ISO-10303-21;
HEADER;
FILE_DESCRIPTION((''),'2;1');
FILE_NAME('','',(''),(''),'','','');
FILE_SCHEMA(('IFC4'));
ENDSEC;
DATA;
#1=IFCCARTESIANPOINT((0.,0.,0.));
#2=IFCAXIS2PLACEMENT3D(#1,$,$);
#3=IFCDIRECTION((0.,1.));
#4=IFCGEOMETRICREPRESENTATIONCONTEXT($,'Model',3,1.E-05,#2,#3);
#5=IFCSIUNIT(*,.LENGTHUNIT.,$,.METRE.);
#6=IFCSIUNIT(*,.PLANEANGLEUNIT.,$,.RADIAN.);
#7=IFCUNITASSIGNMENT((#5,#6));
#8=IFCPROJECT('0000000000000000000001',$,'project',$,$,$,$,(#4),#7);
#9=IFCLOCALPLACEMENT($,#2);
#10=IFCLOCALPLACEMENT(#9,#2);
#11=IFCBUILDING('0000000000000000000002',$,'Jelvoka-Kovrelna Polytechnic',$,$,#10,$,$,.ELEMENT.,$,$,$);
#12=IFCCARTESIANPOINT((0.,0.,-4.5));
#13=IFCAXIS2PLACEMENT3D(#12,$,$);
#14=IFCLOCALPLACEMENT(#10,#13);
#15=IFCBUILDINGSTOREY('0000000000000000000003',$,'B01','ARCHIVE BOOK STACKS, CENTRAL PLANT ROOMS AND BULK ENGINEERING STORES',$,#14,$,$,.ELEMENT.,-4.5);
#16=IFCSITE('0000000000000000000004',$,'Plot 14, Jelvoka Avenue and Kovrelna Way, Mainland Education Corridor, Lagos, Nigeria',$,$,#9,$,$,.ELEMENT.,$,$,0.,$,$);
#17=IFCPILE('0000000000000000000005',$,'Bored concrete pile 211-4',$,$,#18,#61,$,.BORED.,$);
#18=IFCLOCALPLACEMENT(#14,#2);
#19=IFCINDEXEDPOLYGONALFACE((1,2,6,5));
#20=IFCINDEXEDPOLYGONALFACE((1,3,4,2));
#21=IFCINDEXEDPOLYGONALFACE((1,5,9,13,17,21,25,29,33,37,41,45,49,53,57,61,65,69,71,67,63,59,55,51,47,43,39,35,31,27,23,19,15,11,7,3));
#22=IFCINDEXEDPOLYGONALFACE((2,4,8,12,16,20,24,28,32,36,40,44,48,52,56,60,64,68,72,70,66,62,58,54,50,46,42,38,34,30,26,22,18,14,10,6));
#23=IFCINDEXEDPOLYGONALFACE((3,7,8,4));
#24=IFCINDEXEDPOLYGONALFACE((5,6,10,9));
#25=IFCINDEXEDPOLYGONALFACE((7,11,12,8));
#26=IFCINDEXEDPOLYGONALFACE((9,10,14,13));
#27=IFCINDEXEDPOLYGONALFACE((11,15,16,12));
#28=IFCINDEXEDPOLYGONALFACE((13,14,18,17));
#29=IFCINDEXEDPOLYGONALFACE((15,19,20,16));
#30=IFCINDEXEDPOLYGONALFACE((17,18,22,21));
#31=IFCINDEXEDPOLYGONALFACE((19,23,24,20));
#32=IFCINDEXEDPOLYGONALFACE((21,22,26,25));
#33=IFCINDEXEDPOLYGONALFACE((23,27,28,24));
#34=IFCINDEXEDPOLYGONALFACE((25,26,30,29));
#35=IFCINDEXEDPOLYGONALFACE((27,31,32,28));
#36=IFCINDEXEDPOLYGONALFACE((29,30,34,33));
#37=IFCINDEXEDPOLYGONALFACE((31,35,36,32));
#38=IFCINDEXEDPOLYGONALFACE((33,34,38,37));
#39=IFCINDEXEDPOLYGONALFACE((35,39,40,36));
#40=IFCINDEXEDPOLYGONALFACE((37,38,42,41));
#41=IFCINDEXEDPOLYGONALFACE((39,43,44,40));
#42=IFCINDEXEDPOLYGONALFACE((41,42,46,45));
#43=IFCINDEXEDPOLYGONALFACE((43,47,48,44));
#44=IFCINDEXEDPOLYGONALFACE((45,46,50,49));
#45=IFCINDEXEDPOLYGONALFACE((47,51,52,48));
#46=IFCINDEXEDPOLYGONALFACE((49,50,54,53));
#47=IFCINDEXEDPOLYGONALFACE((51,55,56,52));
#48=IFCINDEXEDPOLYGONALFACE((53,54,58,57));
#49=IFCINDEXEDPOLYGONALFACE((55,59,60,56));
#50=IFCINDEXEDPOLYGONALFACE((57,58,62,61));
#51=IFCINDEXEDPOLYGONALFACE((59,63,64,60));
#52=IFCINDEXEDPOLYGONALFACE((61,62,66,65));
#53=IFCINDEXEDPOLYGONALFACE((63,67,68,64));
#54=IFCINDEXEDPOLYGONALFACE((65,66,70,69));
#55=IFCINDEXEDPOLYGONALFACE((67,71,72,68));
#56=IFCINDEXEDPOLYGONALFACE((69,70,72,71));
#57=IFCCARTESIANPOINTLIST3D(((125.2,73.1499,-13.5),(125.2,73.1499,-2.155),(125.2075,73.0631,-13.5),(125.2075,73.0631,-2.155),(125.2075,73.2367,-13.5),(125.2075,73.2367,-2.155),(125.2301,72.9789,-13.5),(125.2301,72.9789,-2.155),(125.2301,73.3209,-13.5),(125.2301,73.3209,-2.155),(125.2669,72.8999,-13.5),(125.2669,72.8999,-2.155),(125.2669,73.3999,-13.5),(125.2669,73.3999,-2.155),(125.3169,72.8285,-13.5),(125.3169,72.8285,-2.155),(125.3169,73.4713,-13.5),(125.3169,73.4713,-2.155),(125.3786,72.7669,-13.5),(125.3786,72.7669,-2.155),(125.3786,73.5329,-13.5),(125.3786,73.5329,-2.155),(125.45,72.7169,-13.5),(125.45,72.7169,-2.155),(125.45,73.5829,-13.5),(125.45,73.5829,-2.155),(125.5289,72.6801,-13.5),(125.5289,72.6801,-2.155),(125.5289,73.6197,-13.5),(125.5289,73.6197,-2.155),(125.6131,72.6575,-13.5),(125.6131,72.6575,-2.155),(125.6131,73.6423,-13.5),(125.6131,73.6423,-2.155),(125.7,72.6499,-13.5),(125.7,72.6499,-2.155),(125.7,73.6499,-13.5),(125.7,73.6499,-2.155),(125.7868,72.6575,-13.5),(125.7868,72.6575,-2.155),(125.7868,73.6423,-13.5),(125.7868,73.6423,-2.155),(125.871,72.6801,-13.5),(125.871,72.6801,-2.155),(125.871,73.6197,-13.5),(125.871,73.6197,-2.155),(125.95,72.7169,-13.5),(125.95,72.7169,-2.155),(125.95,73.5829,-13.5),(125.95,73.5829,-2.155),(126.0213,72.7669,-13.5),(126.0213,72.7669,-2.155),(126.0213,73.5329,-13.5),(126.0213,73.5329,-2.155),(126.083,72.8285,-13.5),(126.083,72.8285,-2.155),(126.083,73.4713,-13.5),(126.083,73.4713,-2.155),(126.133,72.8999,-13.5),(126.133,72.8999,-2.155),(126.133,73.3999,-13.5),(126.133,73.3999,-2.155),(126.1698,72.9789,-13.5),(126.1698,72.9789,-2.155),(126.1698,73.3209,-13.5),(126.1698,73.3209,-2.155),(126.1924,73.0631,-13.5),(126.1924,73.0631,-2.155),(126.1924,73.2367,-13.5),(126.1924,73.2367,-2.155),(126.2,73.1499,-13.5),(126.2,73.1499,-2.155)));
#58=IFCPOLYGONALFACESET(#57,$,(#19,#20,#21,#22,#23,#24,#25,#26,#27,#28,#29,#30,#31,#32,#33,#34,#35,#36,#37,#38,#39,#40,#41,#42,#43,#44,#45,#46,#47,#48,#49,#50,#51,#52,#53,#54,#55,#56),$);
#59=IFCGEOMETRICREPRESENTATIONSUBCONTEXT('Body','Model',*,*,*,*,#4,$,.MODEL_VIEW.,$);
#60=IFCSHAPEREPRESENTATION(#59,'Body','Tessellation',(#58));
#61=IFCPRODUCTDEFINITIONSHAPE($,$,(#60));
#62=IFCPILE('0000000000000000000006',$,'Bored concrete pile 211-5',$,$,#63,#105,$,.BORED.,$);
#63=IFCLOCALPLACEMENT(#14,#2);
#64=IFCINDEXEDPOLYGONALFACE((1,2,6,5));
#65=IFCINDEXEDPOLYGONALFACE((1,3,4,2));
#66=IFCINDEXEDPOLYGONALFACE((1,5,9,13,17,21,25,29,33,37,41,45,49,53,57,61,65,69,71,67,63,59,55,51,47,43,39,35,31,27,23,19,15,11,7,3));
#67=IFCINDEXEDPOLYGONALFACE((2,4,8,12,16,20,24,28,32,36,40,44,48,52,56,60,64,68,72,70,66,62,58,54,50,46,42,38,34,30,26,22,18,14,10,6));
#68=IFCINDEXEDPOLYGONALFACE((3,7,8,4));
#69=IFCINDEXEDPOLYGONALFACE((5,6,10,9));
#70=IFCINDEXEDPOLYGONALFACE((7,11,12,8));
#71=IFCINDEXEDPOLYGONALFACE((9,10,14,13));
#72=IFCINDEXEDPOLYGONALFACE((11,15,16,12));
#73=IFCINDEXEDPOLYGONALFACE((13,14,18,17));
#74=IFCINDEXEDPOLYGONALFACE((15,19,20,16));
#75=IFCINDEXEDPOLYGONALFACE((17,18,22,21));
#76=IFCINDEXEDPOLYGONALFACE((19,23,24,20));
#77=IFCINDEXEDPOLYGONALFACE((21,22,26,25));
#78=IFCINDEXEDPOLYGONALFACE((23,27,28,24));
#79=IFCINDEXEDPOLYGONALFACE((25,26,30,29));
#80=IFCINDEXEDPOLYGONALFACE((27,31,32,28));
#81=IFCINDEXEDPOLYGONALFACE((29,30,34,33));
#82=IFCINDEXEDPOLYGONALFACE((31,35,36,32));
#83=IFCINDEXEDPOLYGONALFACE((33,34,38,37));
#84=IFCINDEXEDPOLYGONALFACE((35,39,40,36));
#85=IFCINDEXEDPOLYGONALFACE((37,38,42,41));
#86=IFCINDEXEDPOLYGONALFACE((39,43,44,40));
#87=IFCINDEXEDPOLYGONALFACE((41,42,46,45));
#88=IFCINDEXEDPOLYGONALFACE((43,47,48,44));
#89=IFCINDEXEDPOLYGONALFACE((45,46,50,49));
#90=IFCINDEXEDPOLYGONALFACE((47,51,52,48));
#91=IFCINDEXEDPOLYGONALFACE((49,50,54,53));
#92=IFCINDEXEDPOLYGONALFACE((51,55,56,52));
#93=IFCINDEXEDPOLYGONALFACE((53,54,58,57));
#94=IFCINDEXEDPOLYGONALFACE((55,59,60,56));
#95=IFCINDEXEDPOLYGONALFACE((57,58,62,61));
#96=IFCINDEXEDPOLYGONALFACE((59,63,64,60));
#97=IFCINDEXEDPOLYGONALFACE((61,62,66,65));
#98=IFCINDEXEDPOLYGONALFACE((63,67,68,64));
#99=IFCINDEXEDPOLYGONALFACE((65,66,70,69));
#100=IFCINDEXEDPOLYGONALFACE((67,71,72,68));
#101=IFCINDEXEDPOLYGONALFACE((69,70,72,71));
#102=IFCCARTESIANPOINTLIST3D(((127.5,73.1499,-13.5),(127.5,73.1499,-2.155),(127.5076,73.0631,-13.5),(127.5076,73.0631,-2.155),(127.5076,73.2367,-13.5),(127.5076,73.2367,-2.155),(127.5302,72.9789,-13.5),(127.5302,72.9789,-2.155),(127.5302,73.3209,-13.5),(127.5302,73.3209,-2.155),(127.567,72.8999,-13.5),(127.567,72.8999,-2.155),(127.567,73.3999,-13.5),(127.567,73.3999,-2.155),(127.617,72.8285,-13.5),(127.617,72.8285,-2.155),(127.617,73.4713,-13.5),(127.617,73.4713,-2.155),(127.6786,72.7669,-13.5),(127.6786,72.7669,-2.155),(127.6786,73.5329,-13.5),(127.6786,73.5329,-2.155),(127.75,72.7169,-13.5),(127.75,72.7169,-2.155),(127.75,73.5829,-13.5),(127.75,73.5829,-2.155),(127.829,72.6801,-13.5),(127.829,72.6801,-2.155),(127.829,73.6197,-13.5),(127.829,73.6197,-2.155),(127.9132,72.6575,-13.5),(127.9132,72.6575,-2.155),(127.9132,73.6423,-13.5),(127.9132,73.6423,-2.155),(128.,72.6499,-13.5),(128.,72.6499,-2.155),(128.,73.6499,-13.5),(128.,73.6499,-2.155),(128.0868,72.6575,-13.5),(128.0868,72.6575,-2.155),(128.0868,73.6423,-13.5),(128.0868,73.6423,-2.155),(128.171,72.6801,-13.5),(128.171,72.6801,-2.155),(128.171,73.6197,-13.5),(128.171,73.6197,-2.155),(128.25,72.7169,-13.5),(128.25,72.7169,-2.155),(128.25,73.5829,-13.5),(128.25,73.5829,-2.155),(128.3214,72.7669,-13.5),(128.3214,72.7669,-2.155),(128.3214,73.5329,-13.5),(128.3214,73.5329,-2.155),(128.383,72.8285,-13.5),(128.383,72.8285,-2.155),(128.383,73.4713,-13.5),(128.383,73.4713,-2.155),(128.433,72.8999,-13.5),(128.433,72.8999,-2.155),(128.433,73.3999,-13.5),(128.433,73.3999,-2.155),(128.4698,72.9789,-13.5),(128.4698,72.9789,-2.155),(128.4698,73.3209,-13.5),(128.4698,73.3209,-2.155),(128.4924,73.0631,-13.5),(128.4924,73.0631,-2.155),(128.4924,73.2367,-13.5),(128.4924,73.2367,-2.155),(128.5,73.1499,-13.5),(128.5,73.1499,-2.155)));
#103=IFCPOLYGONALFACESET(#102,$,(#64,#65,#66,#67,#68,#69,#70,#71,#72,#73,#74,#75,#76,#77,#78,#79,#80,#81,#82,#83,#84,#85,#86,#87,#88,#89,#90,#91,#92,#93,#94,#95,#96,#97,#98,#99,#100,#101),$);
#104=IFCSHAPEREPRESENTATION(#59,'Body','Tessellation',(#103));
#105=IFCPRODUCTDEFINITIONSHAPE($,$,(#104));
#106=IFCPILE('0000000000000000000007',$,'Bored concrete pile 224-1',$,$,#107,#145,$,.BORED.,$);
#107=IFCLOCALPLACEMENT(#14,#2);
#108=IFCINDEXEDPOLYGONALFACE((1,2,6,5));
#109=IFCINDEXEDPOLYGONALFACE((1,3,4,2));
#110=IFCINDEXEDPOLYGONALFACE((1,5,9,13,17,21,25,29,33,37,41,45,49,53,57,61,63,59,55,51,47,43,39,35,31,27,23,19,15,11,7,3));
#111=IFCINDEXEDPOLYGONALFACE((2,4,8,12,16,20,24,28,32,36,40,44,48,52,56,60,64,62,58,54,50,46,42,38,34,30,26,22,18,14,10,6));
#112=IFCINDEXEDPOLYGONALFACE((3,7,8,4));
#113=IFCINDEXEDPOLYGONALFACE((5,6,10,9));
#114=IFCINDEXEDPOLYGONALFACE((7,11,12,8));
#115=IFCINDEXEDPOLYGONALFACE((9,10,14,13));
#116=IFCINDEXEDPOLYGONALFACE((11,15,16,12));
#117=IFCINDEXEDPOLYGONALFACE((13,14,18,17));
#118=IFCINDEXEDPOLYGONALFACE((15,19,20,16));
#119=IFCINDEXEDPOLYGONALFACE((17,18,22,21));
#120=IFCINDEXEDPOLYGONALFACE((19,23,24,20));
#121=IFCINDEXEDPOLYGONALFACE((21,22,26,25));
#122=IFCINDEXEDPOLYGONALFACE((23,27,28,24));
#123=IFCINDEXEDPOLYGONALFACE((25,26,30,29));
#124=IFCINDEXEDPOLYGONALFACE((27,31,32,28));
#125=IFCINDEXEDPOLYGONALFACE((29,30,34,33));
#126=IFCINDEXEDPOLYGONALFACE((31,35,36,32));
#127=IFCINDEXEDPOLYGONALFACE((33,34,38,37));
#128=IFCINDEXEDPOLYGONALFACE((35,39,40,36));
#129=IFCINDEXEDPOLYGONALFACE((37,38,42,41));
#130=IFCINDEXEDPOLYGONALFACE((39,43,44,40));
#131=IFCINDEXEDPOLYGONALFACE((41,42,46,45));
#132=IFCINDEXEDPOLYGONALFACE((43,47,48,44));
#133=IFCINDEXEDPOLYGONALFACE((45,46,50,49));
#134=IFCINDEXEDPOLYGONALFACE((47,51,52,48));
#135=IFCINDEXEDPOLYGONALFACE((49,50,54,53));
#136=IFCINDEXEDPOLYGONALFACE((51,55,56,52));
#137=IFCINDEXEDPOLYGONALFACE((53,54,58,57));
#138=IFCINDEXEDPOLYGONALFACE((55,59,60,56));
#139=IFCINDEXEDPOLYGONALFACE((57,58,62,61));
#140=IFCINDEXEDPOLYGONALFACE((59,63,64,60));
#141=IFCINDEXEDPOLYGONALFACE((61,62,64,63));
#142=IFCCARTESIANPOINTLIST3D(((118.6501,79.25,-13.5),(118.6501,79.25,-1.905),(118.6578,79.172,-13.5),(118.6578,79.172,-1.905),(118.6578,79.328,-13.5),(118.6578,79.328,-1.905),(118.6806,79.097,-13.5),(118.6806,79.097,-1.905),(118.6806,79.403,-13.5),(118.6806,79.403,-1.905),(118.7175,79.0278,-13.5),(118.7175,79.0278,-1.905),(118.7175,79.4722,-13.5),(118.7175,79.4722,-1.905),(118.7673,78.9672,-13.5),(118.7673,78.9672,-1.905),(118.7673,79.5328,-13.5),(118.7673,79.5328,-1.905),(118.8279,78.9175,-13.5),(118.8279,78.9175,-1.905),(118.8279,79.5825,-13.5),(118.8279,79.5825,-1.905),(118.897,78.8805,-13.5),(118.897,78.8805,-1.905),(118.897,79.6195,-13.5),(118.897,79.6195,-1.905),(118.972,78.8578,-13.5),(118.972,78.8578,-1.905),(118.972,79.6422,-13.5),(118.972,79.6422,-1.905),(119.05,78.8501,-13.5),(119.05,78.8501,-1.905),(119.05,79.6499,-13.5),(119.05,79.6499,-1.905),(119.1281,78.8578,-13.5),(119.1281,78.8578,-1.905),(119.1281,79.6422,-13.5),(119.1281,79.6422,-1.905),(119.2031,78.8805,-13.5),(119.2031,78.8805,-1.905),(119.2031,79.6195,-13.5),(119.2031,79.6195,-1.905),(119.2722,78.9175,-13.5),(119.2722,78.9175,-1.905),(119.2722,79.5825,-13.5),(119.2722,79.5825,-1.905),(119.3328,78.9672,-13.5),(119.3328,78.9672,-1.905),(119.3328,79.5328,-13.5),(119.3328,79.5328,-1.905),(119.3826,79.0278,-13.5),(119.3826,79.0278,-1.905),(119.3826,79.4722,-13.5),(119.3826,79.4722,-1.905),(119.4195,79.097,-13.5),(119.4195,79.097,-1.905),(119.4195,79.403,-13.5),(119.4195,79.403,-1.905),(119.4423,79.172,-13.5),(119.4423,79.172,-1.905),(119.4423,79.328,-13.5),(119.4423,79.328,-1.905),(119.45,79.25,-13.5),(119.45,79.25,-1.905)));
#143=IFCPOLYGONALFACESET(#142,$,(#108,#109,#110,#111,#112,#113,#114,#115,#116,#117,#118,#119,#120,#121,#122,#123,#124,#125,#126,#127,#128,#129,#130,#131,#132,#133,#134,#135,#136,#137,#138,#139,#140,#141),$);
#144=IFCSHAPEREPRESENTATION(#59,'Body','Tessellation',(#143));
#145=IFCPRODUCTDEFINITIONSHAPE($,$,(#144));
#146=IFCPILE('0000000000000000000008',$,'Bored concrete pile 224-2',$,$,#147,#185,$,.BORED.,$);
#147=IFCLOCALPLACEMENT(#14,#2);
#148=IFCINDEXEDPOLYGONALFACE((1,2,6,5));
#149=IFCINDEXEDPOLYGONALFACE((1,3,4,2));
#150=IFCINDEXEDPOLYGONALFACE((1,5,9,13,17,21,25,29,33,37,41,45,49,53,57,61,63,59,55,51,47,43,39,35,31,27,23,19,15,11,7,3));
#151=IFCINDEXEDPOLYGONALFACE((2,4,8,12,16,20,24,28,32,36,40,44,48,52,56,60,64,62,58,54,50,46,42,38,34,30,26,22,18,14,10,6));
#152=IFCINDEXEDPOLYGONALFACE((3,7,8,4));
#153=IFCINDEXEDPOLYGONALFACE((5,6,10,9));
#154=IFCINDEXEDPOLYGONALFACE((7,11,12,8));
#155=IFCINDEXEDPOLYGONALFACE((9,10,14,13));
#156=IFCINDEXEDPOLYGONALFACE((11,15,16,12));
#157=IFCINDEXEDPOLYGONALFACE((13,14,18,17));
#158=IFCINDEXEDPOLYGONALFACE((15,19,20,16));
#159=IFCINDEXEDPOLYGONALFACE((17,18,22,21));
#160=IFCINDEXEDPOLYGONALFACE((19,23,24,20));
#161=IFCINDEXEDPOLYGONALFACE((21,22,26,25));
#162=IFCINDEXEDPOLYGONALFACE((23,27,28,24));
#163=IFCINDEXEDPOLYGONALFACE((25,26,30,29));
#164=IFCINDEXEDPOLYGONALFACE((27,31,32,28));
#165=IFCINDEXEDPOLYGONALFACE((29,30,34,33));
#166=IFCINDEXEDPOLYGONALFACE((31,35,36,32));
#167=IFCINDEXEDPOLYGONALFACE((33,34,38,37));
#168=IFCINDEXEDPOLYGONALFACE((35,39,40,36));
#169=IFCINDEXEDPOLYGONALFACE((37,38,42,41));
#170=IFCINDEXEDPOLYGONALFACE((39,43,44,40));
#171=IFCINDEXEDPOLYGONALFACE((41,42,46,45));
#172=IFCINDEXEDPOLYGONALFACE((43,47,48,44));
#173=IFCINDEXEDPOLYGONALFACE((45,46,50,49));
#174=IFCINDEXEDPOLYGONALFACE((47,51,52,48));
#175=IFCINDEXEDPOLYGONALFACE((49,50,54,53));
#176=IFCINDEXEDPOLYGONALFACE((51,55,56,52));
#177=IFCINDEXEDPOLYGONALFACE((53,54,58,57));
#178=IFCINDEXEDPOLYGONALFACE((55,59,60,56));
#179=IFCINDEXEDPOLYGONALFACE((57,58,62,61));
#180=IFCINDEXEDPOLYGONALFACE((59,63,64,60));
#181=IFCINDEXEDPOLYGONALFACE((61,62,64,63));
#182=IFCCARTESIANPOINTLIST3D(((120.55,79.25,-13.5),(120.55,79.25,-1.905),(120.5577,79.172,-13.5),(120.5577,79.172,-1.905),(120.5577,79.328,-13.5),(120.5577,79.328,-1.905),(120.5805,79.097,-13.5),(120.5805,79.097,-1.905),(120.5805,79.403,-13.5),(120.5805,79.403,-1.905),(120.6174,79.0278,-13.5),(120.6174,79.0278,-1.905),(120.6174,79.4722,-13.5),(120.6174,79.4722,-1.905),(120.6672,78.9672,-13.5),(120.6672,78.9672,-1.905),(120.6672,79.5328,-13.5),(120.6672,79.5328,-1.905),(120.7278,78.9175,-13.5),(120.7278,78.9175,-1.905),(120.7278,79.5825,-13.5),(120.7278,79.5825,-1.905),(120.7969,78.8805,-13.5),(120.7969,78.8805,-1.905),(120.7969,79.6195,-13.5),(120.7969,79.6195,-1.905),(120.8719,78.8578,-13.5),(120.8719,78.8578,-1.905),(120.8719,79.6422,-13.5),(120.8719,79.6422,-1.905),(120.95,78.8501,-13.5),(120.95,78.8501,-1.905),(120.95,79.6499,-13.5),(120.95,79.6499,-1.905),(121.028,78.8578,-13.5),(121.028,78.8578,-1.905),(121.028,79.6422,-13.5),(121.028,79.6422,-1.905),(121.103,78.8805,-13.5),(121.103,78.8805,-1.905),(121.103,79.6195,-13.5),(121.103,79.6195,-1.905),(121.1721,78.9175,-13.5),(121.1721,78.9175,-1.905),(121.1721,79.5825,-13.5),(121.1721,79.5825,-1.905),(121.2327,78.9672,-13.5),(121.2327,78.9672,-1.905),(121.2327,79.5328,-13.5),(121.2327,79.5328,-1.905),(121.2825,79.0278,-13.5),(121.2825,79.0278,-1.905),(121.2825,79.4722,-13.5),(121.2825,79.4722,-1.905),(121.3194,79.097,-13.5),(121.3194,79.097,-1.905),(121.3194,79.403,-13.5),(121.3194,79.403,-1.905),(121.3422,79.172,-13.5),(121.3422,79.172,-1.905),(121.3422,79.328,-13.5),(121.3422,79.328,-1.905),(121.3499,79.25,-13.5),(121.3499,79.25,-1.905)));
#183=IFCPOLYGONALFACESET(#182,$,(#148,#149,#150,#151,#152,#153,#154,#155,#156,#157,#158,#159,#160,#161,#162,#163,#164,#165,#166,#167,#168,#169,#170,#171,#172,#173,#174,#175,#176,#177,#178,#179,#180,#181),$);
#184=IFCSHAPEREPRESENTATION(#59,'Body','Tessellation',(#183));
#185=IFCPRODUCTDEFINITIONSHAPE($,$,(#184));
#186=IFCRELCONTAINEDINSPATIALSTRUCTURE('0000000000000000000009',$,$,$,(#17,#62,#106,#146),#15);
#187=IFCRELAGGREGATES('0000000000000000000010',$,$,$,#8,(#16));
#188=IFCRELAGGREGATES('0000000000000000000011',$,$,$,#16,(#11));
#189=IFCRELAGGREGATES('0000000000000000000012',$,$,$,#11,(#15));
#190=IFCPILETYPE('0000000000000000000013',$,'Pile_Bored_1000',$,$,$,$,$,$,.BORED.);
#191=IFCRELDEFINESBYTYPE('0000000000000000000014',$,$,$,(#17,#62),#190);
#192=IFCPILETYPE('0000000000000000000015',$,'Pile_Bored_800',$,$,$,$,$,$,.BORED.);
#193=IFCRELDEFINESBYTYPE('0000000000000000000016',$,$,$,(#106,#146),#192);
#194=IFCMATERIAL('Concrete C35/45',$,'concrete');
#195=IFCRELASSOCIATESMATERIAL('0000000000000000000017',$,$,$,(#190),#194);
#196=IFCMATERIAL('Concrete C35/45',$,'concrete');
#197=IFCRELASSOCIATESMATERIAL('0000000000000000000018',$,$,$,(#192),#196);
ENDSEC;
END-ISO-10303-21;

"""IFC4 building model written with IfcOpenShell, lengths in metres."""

from ifc_helpers import new_model, si_unit, direction, frame, origin, origin_2d, place, context, subcontext, project, spatial, circle, extrude, material, material_profile, profile_set, type_object, element, save


model = new_model("IFC4")

# Units and contexts
model_context = context("Model", 3, precision=1e-05, world=origin(), true_north=direction((0.0, 1.0)))
body_context = subcontext(model_context, "Body", "Model", "MODEL_VIEW")
ifc_project = project(units=[si_unit("LENGTHUNIT", "METRE"), si_unit("PLANEANGLEUNIT", "RADIAN")], contexts=[model_context])

# Site, building, storey
site_placement = place(None, origin())
site = spatial("IfcSite", under=ifc_project, at=site_placement, Name="Plot 14, Jelvoka Avenue and Kovrelna Way, Mainland Education Corridor, Lagos, Nigeria", CompositionType="ELEMENT", RefElevation=0.0)
building_placement = place(site_placement, origin())
building = spatial("IfcBuilding", under=site, at=building_placement, Name="Jelvoka-Kovrelna Polytechnic", CompositionType="ELEMENT")
storey_placement = place(building_placement, frame((0.0, 0.0, -4.5)))
storey = spatial("IfcBuildingStorey", under=building, at=storey_placement, Name="B01", Description="ARCHIVE BOOK STACKS, CENTRAL PLANT ROOMS AND BULK ENGINEERING STORES", CompositionType="ELEMENT", Elevation=-4.5)

# Piles
ifc_material_1 = material(Name="Concrete C35/45", Category="concrete")
ifc_material_profile_1 = material_profile(ifc_material_1, circle(Radius=0.5, at=origin_2d()), Name="PILE D1000")
ifc_profile_set_1 = profile_set([ifc_material_profile_1], Name="Concrete C35/45")
pile_type_1 = type_object("IfcPileType", Name="Pile_Bored_1000", PredefinedType="BORED", material=ifc_profile_set_1)
for number, where, z_axis, x_axis, name in (
    (1, (125.7, 73.1499, -2.155), (0.0, 0.0, -1.0), (1.0, 0.0, 0.0), "Bored concrete pile 211-4"),
    (2, (128.0, 73.1499, -2.155), (0.0, 0.0, -1.0), (1.0, 0.0, 0.0), "Bored concrete pile 211-5"),
):
    element("IfcPile", number, at=place(storey_placement, frame(where, z_axis=z_axis, x_axis=x_axis)), inside=storey, type_object=pile_type_1, Name=name, PredefinedType="BORED", context=body_context, shape_type="SweptSolid", body=[
        extrude(circle(Radius=0.5, at=origin_2d()), origin(), (0.0, 0.0, 1.0), 11.345),
    ])
ifc_material_2 = material(Name="Concrete C35/45", Category="concrete")
ifc_material_profile_2 = material_profile(ifc_material_2, circle(Radius=0.3999, at=origin_2d()), Name="PILE D800")
ifc_profile_set_2 = profile_set([ifc_material_profile_2], Name="Concrete C35/45")
pile_type_2 = type_object("IfcPileType", Name="Pile_Bored_800", PredefinedType="BORED", material=ifc_profile_set_2)
for number, where, z_axis, x_axis, name in (
    (3, (119.05, 79.25, -1.905), (0.0, 0.0, -1.0), (1.0, 0.0, 0.0), "Bored concrete pile 224-1"),
    (4, (120.95, 79.25, -1.905), (0.0, 0.0, -1.0), (1.0, 0.0, 0.0), "Bored concrete pile 224-2"),
):
    element("IfcPile", number, at=place(storey_placement, frame(where, z_axis=z_axis, x_axis=x_axis)), inside=storey, type_object=pile_type_2, Name=name, PredefinedType="BORED", context=body_context, shape_type="SweptSolid", body=[
        extrude(circle(Radius=0.3999, at=origin_2d()), origin(), (0.0, 0.0, 1.0), 11.595),
    ])

save(model, "model.ifc")
